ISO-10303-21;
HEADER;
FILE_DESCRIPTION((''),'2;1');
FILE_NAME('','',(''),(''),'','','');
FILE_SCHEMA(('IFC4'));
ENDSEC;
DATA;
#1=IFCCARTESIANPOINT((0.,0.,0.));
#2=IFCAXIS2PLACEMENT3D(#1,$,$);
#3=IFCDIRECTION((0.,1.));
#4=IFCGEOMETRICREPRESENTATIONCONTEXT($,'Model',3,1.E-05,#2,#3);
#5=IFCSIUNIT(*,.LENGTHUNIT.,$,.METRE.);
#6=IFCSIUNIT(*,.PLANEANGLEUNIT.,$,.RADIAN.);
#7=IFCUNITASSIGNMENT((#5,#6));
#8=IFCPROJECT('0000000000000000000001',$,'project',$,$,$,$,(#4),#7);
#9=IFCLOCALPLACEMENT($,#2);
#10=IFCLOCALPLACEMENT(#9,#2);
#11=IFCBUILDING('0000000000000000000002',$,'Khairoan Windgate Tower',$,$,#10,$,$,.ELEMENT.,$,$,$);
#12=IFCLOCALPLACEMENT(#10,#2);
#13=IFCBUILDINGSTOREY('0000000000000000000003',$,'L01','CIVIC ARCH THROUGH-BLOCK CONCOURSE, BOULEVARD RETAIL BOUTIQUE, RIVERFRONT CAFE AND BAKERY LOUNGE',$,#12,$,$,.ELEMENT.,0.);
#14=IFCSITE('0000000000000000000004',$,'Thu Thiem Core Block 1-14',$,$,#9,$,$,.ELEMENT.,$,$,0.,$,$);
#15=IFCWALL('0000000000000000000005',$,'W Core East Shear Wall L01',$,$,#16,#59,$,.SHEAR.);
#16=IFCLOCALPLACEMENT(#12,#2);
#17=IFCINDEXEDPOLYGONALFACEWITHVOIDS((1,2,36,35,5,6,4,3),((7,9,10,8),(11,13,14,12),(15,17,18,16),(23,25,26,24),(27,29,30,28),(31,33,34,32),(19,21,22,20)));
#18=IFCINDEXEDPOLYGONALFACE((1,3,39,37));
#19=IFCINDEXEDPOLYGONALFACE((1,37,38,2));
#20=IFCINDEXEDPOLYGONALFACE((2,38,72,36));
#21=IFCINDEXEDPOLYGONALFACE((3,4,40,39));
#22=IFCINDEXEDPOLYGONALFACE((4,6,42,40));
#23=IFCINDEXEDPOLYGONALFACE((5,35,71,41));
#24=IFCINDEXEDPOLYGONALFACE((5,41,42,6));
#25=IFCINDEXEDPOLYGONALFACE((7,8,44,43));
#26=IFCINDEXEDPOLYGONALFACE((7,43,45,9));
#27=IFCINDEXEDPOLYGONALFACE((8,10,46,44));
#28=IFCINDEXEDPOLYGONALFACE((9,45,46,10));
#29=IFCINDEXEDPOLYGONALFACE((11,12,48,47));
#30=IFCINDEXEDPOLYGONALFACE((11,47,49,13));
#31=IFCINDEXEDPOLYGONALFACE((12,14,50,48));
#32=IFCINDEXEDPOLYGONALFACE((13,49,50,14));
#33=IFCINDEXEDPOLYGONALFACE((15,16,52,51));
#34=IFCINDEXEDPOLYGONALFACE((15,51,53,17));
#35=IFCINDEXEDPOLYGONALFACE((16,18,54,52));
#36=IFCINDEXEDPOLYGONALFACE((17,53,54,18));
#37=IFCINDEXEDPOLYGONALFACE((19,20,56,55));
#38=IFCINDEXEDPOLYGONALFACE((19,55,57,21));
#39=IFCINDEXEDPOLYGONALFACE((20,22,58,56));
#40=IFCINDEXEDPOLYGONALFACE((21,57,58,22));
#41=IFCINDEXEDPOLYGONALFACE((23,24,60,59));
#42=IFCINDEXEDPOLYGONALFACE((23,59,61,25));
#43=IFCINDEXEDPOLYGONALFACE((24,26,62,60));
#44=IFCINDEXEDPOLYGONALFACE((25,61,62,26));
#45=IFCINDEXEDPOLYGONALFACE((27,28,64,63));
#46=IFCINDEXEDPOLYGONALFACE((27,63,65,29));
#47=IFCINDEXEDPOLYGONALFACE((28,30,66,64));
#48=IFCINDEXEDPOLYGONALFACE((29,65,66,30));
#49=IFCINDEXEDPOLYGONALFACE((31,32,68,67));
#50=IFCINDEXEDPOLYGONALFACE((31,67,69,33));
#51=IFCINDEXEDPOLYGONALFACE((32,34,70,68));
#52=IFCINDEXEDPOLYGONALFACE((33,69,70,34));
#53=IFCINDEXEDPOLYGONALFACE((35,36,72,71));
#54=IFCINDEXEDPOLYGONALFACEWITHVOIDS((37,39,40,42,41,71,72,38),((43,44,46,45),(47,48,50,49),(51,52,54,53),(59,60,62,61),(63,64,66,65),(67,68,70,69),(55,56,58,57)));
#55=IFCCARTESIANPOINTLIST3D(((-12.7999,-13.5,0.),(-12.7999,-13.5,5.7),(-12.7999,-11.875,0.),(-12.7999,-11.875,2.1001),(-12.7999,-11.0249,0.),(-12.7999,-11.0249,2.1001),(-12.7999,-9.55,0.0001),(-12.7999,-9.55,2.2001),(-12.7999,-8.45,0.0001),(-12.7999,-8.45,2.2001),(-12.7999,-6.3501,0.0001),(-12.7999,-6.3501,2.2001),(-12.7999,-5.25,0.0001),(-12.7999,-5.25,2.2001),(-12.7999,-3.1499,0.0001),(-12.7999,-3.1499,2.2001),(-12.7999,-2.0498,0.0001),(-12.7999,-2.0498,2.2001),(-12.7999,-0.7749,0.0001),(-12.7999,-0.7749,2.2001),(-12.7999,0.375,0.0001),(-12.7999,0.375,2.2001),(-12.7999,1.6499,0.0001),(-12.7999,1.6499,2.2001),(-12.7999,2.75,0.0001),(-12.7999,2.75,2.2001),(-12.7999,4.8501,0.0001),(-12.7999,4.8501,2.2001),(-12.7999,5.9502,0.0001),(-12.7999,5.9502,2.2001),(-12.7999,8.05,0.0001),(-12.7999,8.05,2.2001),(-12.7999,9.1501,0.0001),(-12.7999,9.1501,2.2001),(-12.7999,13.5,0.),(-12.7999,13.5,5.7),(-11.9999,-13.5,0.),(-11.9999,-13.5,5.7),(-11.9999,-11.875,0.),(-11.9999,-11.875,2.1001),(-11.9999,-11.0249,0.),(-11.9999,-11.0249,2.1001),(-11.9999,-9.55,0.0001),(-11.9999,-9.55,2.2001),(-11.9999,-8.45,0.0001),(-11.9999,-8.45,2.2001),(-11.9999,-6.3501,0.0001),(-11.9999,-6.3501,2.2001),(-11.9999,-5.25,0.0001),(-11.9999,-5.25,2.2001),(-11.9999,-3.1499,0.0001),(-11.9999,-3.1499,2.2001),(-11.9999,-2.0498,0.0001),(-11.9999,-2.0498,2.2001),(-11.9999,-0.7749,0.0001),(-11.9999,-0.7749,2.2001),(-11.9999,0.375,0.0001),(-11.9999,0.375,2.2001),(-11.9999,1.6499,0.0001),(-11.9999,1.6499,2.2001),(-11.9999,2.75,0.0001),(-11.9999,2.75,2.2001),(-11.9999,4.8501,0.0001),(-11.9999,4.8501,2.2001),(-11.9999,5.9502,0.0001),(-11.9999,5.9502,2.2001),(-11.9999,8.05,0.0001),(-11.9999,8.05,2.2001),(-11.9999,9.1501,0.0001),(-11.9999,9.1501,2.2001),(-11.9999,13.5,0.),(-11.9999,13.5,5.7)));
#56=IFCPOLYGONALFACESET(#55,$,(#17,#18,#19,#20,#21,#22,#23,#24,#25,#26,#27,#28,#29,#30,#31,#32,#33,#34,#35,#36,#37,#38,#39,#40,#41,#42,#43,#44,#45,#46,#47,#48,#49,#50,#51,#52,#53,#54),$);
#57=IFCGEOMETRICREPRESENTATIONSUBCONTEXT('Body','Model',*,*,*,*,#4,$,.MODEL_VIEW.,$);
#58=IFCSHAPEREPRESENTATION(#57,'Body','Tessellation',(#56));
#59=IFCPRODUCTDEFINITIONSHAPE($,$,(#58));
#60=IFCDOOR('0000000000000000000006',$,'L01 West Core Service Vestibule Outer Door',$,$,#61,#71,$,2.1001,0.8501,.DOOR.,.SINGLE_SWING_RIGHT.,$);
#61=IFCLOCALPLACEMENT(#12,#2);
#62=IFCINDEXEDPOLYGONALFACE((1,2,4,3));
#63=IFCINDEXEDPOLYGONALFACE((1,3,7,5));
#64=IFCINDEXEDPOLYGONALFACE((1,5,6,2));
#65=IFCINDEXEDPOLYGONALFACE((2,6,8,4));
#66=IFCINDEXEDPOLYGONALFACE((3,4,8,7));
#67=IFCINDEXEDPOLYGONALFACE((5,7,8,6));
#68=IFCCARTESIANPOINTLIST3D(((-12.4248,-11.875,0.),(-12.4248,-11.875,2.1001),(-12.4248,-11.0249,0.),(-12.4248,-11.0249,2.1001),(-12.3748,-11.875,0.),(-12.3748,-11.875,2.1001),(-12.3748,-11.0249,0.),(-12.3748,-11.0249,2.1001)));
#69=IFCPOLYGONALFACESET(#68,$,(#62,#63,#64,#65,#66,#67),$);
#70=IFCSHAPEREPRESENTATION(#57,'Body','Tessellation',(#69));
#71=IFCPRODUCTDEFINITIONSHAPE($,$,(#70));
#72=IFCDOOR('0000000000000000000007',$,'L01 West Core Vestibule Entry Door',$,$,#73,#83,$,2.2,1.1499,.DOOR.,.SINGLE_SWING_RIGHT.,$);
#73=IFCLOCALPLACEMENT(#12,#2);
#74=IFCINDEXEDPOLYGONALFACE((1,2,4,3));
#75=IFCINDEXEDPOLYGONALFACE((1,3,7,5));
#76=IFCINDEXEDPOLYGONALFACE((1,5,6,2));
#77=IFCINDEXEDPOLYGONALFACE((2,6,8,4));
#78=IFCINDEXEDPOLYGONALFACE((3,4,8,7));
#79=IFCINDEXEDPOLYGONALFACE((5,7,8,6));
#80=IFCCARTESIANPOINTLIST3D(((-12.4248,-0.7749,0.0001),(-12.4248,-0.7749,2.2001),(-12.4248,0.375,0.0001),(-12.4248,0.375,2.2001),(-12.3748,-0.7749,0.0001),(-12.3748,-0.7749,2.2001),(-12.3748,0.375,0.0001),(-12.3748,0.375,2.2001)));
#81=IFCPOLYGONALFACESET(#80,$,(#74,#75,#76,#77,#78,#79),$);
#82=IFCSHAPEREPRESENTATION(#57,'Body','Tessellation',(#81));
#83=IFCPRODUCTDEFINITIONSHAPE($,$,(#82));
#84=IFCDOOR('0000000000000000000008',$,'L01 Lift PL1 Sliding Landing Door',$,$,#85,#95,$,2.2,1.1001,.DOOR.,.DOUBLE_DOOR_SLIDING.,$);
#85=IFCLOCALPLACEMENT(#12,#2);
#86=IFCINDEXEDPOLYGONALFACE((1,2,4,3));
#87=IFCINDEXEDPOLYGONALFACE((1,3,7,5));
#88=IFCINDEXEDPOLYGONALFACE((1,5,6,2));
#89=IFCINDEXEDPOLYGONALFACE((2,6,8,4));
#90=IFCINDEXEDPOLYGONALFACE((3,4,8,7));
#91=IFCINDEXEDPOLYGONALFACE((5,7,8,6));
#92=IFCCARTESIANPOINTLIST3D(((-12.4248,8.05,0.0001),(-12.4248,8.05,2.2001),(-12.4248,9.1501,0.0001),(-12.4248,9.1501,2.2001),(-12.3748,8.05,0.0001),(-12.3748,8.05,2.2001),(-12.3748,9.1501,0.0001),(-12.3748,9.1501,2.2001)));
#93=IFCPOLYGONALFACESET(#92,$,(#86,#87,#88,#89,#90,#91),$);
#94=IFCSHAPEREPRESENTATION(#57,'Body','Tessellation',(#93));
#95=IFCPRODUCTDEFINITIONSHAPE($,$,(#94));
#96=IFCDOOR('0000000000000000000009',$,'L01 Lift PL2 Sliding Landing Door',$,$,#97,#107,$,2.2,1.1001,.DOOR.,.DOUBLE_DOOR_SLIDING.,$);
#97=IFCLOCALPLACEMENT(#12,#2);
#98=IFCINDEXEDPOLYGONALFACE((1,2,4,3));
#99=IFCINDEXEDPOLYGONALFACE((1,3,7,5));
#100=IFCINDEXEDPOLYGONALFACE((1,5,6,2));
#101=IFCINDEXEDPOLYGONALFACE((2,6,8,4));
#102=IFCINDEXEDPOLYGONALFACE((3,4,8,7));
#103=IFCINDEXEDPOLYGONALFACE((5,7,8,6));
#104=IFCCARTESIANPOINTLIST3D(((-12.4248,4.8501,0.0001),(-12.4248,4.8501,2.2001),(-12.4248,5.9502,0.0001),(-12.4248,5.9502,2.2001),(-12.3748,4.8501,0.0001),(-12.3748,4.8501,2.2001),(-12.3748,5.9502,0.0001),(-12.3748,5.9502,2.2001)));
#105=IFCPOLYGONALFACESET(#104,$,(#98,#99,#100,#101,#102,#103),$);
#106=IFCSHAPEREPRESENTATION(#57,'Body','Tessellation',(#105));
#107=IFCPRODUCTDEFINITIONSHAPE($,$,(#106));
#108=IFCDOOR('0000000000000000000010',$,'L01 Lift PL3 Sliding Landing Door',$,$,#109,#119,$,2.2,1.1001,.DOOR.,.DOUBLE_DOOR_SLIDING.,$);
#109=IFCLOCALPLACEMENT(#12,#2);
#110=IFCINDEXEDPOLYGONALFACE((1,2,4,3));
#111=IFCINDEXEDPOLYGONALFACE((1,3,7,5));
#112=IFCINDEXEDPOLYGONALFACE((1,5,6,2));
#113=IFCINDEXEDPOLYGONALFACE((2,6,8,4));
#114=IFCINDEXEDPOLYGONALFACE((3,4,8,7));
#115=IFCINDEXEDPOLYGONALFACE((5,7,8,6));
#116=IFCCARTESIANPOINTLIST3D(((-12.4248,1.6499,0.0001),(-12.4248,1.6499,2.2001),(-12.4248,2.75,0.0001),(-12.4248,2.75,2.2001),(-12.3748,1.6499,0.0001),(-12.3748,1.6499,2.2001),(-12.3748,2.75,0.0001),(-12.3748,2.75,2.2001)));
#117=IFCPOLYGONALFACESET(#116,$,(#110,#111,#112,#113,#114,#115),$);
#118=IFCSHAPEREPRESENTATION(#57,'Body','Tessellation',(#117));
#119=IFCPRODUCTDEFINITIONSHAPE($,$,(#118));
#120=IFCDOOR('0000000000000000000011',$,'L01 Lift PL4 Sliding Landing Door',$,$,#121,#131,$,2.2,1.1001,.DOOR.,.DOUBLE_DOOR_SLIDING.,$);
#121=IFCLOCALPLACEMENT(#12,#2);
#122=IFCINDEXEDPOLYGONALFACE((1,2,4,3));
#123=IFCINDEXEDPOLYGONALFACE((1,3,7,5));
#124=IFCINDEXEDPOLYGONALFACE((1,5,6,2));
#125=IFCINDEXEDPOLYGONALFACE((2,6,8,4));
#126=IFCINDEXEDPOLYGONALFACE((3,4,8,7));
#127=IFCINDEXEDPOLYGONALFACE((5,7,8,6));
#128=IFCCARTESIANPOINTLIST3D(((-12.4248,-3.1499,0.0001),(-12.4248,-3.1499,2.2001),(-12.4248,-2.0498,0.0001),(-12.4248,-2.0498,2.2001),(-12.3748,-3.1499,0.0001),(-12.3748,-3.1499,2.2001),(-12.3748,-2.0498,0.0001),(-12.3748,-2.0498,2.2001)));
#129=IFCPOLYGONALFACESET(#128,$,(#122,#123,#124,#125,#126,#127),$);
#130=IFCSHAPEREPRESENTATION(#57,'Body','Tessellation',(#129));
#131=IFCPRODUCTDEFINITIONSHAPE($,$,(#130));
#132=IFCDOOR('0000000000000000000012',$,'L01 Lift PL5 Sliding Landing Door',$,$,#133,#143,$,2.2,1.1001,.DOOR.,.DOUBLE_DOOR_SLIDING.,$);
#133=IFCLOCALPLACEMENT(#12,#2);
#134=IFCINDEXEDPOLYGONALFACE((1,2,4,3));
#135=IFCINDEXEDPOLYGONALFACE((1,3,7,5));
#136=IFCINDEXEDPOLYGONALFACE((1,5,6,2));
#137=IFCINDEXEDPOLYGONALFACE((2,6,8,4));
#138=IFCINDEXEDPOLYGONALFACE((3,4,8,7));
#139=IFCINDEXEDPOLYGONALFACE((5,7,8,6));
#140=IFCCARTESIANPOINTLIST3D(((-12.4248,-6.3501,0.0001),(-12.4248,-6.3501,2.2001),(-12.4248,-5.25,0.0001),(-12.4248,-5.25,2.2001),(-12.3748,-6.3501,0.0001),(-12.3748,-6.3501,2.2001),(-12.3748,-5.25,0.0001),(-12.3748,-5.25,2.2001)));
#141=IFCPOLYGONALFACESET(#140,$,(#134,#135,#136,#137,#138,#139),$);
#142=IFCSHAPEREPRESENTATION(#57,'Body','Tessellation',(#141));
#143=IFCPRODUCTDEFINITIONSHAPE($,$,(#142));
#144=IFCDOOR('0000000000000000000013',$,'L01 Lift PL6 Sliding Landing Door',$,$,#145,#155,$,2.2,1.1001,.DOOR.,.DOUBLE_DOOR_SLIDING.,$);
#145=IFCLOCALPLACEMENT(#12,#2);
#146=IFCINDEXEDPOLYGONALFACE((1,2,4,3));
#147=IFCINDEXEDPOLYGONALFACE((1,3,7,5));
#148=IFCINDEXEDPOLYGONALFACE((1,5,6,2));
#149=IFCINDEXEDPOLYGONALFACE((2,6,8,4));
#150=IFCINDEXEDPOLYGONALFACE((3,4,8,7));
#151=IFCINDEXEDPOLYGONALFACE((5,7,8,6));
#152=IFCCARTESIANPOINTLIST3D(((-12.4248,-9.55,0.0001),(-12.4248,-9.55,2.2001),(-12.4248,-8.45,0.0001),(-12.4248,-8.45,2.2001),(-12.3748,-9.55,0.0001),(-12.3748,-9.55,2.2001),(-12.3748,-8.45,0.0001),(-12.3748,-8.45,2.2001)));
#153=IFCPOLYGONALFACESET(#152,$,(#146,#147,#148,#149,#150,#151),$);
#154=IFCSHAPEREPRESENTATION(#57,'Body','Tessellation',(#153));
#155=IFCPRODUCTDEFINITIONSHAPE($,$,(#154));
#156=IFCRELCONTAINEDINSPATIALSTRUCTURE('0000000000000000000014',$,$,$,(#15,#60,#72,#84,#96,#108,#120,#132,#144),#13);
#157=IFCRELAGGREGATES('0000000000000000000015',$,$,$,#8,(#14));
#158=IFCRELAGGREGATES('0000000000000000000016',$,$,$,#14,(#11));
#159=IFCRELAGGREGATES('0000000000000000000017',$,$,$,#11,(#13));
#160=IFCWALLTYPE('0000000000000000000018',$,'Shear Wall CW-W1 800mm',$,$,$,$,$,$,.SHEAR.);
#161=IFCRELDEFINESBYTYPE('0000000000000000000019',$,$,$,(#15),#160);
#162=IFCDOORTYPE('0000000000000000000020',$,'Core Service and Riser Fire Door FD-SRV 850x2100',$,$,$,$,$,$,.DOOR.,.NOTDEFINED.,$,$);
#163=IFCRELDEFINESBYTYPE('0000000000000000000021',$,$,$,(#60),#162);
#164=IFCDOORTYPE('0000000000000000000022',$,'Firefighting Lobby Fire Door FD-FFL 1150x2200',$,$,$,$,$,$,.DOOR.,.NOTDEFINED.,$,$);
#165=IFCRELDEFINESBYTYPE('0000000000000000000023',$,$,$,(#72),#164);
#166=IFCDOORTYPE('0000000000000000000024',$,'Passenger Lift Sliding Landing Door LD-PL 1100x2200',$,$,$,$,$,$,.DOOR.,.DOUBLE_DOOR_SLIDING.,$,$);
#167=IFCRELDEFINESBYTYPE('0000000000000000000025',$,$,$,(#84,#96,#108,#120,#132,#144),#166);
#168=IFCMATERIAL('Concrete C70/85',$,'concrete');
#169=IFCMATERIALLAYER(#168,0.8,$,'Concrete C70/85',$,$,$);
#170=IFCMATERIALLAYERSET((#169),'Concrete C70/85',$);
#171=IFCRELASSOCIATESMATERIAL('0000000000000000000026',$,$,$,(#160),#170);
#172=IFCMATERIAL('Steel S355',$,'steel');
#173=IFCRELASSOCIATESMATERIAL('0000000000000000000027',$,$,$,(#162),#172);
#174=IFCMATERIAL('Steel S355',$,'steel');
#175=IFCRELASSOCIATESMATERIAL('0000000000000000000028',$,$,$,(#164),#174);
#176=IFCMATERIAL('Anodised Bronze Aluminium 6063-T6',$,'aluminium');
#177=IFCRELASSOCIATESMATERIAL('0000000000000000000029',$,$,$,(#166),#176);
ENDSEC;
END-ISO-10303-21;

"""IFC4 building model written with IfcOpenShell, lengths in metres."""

from ifc_helpers import new_model, si_unit, direction, frame, frame_2d, origin, place, context, subcontext, project, spatial, rectangle, extrude, material, layer, layer_set, type_object, element, fill, save


model = new_model("IFC4")

# Units and contexts
model_context = context("Model", 3, precision=1e-05, world=origin(), true_north=direction((0.0, 1.0)))
body_context = subcontext(model_context, "Body", "Model", "MODEL_VIEW")
ifc_project = project(units=[si_unit("LENGTHUNIT", "METRE"), si_unit("PLANEANGLEUNIT", "RADIAN")], contexts=[model_context])

# Site, building, storey
site_placement = place(None, origin())
site = spatial("IfcSite", under=ifc_project, at=site_placement, Name="Thu Thiem Core Block 1-14", CompositionType="ELEMENT", RefElevation=0.0)
building_placement = place(site_placement, origin())
building = spatial("IfcBuilding", under=site, at=building_placement, Name="Khairoan Windgate Tower", CompositionType="ELEMENT")
storey_placement = place(building_placement, origin())
storey = spatial("IfcBuildingStorey", under=building, at=storey_placement, Name="L01", Description="CIVIC ARCH THROUGH-BLOCK CONCOURSE, BOULEVARD RETAIL BOUTIQUE, RIVERFRONT CAFE AND BAKERY LOUNGE", CompositionType="ELEMENT", Elevation=0.0)

# Wall, openings, doors
ifc_material_1 = material(Name="Concrete C70/85", Category="concrete")
ifc_layer_1 = layer(ifc_material_1, 0.8, Name="Concrete C70/85")
ifc_layer_set_1 = layer_set([ifc_layer_1], Name="Concrete C70/85")
wall_type_1 = type_object("IfcWallType", Name="Shear Wall CW-W1 800mm", PredefinedType="SHEAR", material=ifc_layer_set_1)
wall_1_placement = place(storey_placement, frame((-12.3999, -13.5, 0.0), z_axis=(0.0, 0.0, 1.0), x_axis=(0.0, 1.0, 0.0)))
wall_1 = element("IfcWall", 1, at=wall_1_placement, inside=storey, type_object=wall_type_1, Name="W Core East Shear Wall L01", PredefinedType="SHEAR", context=body_context, shape_type="SweptSolid", body=[
    extrude(rectangle(XDim=27.0, YDim=0.8, at=frame_2d((13.5, 0.0))), origin(), (0.0, 0.0, 1.0), 5.7),
])
opening_1_placement = place(wall_1_placement, frame((21.55, 0.0, 0.0)))
opening_1 = element("IfcOpeningElement", 2, at=opening_1_placement, cuts=wall_1, PredefinedType="OPENING", context=body_context, shape_type="SweptSolid", body=[
    extrude(rectangle(XDim=1.1001, YDim=2.2, at=frame_2d((0.55, 1.1001))), frame((0.0, 0.4099, 0.0), z_axis=(0.0, -1.0, 0.0), x_axis=(1.0, 0.0, 0.0)), (0.0, 0.0, 1.0), 0.8201),
])
opening_2_placement = place(wall_1_placement, frame((18.3501, 0.0, 0.0)))
opening_2 = element("IfcOpeningElement", 3, at=opening_2_placement, cuts=wall_1, PredefinedType="OPENING", context=body_context, shape_type="SweptSolid", body=[
    extrude(rectangle(XDim=1.1001, YDim=2.2, at=frame_2d((0.55, 1.1001))), frame((0.0, 0.4099, 0.0), z_axis=(0.0, -1.0, 0.0), x_axis=(1.0, 0.0, 0.0)), (0.0, 0.0, 1.0), 0.8201),
])
opening_3_placement = place(wall_1_placement, frame((15.1499, 0.0, 0.0)))
opening_3 = element("IfcOpeningElement", 4, at=opening_3_placement, cuts=wall_1, PredefinedType="OPENING", context=body_context, shape_type="SweptSolid", body=[
    extrude(rectangle(XDim=1.1001, YDim=2.2, at=frame_2d((0.55, 1.1001))), frame((0.0, 0.4099, 0.0), z_axis=(0.0, -1.0, 0.0), x_axis=(1.0, 0.0, 0.0)), (0.0, 0.0, 1.0), 0.8201),
])
opening_4_placement = place(wall_1_placement, frame((10.3501, 0.0, 0.0)))
opening_4 = element("IfcOpeningElement", 5, at=opening_4_placement, cuts=wall_1, PredefinedType="OPENING", context=body_context, shape_type="SweptSolid", body=[
    extrude(rectangle(XDim=1.1001, YDim=2.2, at=frame_2d((0.55, 1.1001))), frame((0.0, 0.4099, 0.0), z_axis=(0.0, -1.0, 0.0), x_axis=(1.0, 0.0, 0.0)), (0.0, 0.0, 1.0), 0.8201),
])
opening_5_placement = place(wall_1_placement, frame((7.1499, 0.0, 0.0)))
opening_5 = element("IfcOpeningElement", 6, at=opening_5_placement, cuts=wall_1, PredefinedType="OPENING", context=body_context, shape_type="SweptSolid", body=[
    extrude(rectangle(XDim=1.1001, YDim=2.2, at=frame_2d((0.55, 1.1001))), frame((0.0, 0.4099, 0.0), z_axis=(0.0, -1.0, 0.0), x_axis=(1.0, 0.0, 0.0)), (0.0, 0.0, 1.0), 0.8201),
])
opening_6_placement = place(wall_1_placement, frame((3.95, 0.0, 0.0)))
opening_6 = element("IfcOpeningElement", 7, at=opening_6_placement, cuts=wall_1, PredefinedType="OPENING", context=body_context, shape_type="SweptSolid", body=[
    extrude(rectangle(XDim=1.1001, YDim=2.2, at=frame_2d((0.55, 1.1001))), frame((0.0, 0.4099, 0.0), z_axis=(0.0, -1.0, 0.0), x_axis=(1.0, 0.0, 0.0)), (0.0, 0.0, 1.0), 0.8201),
])
opening_7_placement = place(wall_1_placement, frame((12.7251, 0.0, 0.0)))
opening_7 = element("IfcOpeningElement", 8, at=opening_7_placement, cuts=wall_1, PredefinedType="OPENING", context=body_context, shape_type="SweptSolid", body=[
    extrude(rectangle(XDim=1.1499, YDim=2.2, at=frame_2d((0.575, 1.1001))), frame((0.0, 0.4099, 0.0), z_axis=(0.0, -1.0, 0.0), x_axis=(1.0, 0.0, 0.0)), (0.0, 0.0, 1.0), 0.8201),
])
opening_8_placement = place(wall_1_placement, frame((1.625, 0.0, 0.0)))
opening_8 = element("IfcOpeningElement", 9, at=opening_8_placement, cuts=wall_1, PredefinedType="OPENING", context=body_context, shape_type="SweptSolid", body=[
    extrude(rectangle(XDim=0.8501, YDim=2.1001, at=frame_2d((0.425, 1.05))), frame((0.0, 0.4099, 0.0), z_axis=(0.0, -1.0, 0.0), x_axis=(1.0, 0.0, 0.0)), (0.0, 0.0, 1.0), 0.8201),
])
ifc_material_2 = material(Name="Steel S355", Category="steel")
door_type_1 = type_object("IfcDoorType", Name="Core Service and Riser Fire Door FD-SRV 850x2100", OperationType="NOTDEFINED", PredefinedType="DOOR", material=ifc_material_2)
door_1_placement = place(opening_8_placement, origin())
door_1 = element("IfcDoor", 10, at=door_1_placement, inside=storey, type_object=door_type_1, Name="L01 West Core Service Vestibule Outer Door", OperationType="SINGLE_SWING_RIGHT", OverallHeight=2.1001, OverallWidth=0.8501, PredefinedType="DOOR", context=body_context, shape_type="SweptSolid", body=[
    extrude(rectangle(XDim=0.8501, YDim=2.1001, at=frame_2d((0.425, 1.05))), frame((0.0, 0.0249, 0.0), z_axis=(0.0, -1.0, 0.0), x_axis=(1.0, 0.0, 0.0)), (0.0, 0.0, 1.0), 0.05),
])
fill(opening_8, door_1)
ifc_material_3 = material(Name="Steel S355", Category="steel")
door_type_2 = type_object("IfcDoorType", Name="Firefighting Lobby Fire Door FD-FFL 1150x2200", OperationType="NOTDEFINED", PredefinedType="DOOR", material=ifc_material_3)
door_2_placement = place(opening_7_placement, origin())
door_2 = element("IfcDoor", 11, at=door_2_placement, inside=storey, type_object=door_type_2, Name="L01 West Core Vestibule Entry Door", OperationType="SINGLE_SWING_RIGHT", OverallHeight=2.2, OverallWidth=1.1499, PredefinedType="DOOR", context=body_context, shape_type="SweptSolid", body=[
    extrude(rectangle(XDim=1.1499, YDim=2.2, at=frame_2d((0.575, 1.1001))), frame((0.0, 0.0249, 0.0), z_axis=(0.0, -1.0, 0.0), x_axis=(1.0, 0.0, 0.0)), (0.0, 0.0, 1.0), 0.05),
])
fill(opening_7, door_2)
ifc_material_4 = material(Name="Anodised Bronze Aluminium 6063-T6", Category="aluminium")
door_type_3 = type_object("IfcDoorType", Name="Passenger Lift Sliding Landing Door LD-PL 1100x2200", OperationType="DOUBLE_DOOR_SLIDING", PredefinedType="DOOR", material=ifc_material_4)
door_3_placement = place(opening_1_placement, origin())
door_3 = element("IfcDoor", 12, at=door_3_placement, inside=storey, type_object=door_type_3, Name="L01 Lift PL1 Sliding Landing Door", OperationType="DOUBLE_DOOR_SLIDING", OverallHeight=2.2, OverallWidth=1.1001, PredefinedType="DOOR", context=body_context, shape_type="SweptSolid", body=[
    extrude(rectangle(XDim=1.1001, YDim=2.2, at=frame_2d((0.55, 1.1001))), frame((0.0, 0.0249, 0.0), z_axis=(0.0, -1.0, 0.0), x_axis=(1.0, 0.0, 0.0)), (0.0, 0.0, 1.0), 0.05),
])
fill(opening_1, door_3)
door_4_placement = place(opening_2_placement, origin())
door_4 = element("IfcDoor", 13, at=door_4_placement, inside=storey, type_object=door_type_3, Name="L01 Lift PL2 Sliding Landing Door", OperationType="DOUBLE_DOOR_SLIDING", OverallHeight=2.2, OverallWidth=1.1001, PredefinedType="DOOR", context=body_context, shape_type="SweptSolid", body=[
    extrude(rectangle(XDim=1.1001, YDim=2.2, at=frame_2d((0.55, 1.1001))), frame((0.0, 0.0249, 0.0), z_axis=(0.0, -1.0, 0.0), x_axis=(1.0, 0.0, 0.0)), (0.0, 0.0, 1.0), 0.05),
])
fill(opening_2, door_4)
door_5_placement = place(opening_3_placement, origin())
door_5 = element("IfcDoor", 14, at=door_5_placement, inside=storey, type_object=door_type_3, Name="L01 Lift PL3 Sliding Landing Door", OperationType="DOUBLE_DOOR_SLIDING", OverallHeight=2.2, OverallWidth=1.1001, PredefinedType="DOOR", context=body_context, shape_type="SweptSolid", body=[
    extrude(rectangle(XDim=1.1001, YDim=2.2, at=frame_2d((0.55, 1.1001))), frame((0.0, 0.0249, 0.0), z_axis=(0.0, -1.0, 0.0), x_axis=(1.0, 0.0, 0.0)), (0.0, 0.0, 1.0), 0.05),
])
fill(opening_3, door_5)
door_6_placement = place(opening_4_placement, origin())
door_6 = element("IfcDoor", 15, at=door_6_placement, inside=storey, type_object=door_type_3, Name="L01 Lift PL4 Sliding Landing Door", OperationType="DOUBLE_DOOR_SLIDING", OverallHeight=2.2, OverallWidth=1.1001, PredefinedType="DOOR", context=body_context, shape_type="SweptSolid", body=[
    extrude(rectangle(XDim=1.1001, YDim=2.2, at=frame_2d((0.55, 1.1001))), frame((0.0, 0.0249, 0.0), z_axis=(0.0, -1.0, 0.0), x_axis=(1.0, 0.0, 0.0)), (0.0, 0.0, 1.0), 0.05),
])
fill(opening_4, door_6)
door_7_placement = place(opening_5_placement, origin())
door_7 = element("IfcDoor", 16, at=door_7_placement, inside=storey, type_object=door_type_3, Name="L01 Lift PL5 Sliding Landing Door", OperationType="DOUBLE_DOOR_SLIDING", OverallHeight=2.2, OverallWidth=1.1001, PredefinedType="DOOR", context=body_context, shape_type="SweptSolid", body=[
    extrude(rectangle(XDim=1.1001, YDim=2.2, at=frame_2d((0.55, 1.1001))), frame((0.0, 0.0249, 0.0), z_axis=(0.0, -1.0, 0.0), x_axis=(1.0, 0.0, 0.0)), (0.0, 0.0, 1.0), 0.05),
])
fill(opening_5, door_7)
door_8_placement = place(opening_6_placement, origin())
door_8 = element("IfcDoor", 17, at=door_8_placement, inside=storey, type_object=door_type_3, Name="L01 Lift PL6 Sliding Landing Door", OperationType="DOUBLE_DOOR_SLIDING", OverallHeight=2.2, OverallWidth=1.1001, PredefinedType="DOOR", context=body_context, shape_type="SweptSolid", body=[
    extrude(rectangle(XDim=1.1001, YDim=2.2, at=frame_2d((0.55, 1.1001))), frame((0.0, 0.0249, 0.0), z_axis=(0.0, -1.0, 0.0), x_axis=(1.0, 0.0, 0.0)), (0.0, 0.0, 1.0), 0.05),
])
fill(opening_6, door_8)

save(model, "model.ifc")
